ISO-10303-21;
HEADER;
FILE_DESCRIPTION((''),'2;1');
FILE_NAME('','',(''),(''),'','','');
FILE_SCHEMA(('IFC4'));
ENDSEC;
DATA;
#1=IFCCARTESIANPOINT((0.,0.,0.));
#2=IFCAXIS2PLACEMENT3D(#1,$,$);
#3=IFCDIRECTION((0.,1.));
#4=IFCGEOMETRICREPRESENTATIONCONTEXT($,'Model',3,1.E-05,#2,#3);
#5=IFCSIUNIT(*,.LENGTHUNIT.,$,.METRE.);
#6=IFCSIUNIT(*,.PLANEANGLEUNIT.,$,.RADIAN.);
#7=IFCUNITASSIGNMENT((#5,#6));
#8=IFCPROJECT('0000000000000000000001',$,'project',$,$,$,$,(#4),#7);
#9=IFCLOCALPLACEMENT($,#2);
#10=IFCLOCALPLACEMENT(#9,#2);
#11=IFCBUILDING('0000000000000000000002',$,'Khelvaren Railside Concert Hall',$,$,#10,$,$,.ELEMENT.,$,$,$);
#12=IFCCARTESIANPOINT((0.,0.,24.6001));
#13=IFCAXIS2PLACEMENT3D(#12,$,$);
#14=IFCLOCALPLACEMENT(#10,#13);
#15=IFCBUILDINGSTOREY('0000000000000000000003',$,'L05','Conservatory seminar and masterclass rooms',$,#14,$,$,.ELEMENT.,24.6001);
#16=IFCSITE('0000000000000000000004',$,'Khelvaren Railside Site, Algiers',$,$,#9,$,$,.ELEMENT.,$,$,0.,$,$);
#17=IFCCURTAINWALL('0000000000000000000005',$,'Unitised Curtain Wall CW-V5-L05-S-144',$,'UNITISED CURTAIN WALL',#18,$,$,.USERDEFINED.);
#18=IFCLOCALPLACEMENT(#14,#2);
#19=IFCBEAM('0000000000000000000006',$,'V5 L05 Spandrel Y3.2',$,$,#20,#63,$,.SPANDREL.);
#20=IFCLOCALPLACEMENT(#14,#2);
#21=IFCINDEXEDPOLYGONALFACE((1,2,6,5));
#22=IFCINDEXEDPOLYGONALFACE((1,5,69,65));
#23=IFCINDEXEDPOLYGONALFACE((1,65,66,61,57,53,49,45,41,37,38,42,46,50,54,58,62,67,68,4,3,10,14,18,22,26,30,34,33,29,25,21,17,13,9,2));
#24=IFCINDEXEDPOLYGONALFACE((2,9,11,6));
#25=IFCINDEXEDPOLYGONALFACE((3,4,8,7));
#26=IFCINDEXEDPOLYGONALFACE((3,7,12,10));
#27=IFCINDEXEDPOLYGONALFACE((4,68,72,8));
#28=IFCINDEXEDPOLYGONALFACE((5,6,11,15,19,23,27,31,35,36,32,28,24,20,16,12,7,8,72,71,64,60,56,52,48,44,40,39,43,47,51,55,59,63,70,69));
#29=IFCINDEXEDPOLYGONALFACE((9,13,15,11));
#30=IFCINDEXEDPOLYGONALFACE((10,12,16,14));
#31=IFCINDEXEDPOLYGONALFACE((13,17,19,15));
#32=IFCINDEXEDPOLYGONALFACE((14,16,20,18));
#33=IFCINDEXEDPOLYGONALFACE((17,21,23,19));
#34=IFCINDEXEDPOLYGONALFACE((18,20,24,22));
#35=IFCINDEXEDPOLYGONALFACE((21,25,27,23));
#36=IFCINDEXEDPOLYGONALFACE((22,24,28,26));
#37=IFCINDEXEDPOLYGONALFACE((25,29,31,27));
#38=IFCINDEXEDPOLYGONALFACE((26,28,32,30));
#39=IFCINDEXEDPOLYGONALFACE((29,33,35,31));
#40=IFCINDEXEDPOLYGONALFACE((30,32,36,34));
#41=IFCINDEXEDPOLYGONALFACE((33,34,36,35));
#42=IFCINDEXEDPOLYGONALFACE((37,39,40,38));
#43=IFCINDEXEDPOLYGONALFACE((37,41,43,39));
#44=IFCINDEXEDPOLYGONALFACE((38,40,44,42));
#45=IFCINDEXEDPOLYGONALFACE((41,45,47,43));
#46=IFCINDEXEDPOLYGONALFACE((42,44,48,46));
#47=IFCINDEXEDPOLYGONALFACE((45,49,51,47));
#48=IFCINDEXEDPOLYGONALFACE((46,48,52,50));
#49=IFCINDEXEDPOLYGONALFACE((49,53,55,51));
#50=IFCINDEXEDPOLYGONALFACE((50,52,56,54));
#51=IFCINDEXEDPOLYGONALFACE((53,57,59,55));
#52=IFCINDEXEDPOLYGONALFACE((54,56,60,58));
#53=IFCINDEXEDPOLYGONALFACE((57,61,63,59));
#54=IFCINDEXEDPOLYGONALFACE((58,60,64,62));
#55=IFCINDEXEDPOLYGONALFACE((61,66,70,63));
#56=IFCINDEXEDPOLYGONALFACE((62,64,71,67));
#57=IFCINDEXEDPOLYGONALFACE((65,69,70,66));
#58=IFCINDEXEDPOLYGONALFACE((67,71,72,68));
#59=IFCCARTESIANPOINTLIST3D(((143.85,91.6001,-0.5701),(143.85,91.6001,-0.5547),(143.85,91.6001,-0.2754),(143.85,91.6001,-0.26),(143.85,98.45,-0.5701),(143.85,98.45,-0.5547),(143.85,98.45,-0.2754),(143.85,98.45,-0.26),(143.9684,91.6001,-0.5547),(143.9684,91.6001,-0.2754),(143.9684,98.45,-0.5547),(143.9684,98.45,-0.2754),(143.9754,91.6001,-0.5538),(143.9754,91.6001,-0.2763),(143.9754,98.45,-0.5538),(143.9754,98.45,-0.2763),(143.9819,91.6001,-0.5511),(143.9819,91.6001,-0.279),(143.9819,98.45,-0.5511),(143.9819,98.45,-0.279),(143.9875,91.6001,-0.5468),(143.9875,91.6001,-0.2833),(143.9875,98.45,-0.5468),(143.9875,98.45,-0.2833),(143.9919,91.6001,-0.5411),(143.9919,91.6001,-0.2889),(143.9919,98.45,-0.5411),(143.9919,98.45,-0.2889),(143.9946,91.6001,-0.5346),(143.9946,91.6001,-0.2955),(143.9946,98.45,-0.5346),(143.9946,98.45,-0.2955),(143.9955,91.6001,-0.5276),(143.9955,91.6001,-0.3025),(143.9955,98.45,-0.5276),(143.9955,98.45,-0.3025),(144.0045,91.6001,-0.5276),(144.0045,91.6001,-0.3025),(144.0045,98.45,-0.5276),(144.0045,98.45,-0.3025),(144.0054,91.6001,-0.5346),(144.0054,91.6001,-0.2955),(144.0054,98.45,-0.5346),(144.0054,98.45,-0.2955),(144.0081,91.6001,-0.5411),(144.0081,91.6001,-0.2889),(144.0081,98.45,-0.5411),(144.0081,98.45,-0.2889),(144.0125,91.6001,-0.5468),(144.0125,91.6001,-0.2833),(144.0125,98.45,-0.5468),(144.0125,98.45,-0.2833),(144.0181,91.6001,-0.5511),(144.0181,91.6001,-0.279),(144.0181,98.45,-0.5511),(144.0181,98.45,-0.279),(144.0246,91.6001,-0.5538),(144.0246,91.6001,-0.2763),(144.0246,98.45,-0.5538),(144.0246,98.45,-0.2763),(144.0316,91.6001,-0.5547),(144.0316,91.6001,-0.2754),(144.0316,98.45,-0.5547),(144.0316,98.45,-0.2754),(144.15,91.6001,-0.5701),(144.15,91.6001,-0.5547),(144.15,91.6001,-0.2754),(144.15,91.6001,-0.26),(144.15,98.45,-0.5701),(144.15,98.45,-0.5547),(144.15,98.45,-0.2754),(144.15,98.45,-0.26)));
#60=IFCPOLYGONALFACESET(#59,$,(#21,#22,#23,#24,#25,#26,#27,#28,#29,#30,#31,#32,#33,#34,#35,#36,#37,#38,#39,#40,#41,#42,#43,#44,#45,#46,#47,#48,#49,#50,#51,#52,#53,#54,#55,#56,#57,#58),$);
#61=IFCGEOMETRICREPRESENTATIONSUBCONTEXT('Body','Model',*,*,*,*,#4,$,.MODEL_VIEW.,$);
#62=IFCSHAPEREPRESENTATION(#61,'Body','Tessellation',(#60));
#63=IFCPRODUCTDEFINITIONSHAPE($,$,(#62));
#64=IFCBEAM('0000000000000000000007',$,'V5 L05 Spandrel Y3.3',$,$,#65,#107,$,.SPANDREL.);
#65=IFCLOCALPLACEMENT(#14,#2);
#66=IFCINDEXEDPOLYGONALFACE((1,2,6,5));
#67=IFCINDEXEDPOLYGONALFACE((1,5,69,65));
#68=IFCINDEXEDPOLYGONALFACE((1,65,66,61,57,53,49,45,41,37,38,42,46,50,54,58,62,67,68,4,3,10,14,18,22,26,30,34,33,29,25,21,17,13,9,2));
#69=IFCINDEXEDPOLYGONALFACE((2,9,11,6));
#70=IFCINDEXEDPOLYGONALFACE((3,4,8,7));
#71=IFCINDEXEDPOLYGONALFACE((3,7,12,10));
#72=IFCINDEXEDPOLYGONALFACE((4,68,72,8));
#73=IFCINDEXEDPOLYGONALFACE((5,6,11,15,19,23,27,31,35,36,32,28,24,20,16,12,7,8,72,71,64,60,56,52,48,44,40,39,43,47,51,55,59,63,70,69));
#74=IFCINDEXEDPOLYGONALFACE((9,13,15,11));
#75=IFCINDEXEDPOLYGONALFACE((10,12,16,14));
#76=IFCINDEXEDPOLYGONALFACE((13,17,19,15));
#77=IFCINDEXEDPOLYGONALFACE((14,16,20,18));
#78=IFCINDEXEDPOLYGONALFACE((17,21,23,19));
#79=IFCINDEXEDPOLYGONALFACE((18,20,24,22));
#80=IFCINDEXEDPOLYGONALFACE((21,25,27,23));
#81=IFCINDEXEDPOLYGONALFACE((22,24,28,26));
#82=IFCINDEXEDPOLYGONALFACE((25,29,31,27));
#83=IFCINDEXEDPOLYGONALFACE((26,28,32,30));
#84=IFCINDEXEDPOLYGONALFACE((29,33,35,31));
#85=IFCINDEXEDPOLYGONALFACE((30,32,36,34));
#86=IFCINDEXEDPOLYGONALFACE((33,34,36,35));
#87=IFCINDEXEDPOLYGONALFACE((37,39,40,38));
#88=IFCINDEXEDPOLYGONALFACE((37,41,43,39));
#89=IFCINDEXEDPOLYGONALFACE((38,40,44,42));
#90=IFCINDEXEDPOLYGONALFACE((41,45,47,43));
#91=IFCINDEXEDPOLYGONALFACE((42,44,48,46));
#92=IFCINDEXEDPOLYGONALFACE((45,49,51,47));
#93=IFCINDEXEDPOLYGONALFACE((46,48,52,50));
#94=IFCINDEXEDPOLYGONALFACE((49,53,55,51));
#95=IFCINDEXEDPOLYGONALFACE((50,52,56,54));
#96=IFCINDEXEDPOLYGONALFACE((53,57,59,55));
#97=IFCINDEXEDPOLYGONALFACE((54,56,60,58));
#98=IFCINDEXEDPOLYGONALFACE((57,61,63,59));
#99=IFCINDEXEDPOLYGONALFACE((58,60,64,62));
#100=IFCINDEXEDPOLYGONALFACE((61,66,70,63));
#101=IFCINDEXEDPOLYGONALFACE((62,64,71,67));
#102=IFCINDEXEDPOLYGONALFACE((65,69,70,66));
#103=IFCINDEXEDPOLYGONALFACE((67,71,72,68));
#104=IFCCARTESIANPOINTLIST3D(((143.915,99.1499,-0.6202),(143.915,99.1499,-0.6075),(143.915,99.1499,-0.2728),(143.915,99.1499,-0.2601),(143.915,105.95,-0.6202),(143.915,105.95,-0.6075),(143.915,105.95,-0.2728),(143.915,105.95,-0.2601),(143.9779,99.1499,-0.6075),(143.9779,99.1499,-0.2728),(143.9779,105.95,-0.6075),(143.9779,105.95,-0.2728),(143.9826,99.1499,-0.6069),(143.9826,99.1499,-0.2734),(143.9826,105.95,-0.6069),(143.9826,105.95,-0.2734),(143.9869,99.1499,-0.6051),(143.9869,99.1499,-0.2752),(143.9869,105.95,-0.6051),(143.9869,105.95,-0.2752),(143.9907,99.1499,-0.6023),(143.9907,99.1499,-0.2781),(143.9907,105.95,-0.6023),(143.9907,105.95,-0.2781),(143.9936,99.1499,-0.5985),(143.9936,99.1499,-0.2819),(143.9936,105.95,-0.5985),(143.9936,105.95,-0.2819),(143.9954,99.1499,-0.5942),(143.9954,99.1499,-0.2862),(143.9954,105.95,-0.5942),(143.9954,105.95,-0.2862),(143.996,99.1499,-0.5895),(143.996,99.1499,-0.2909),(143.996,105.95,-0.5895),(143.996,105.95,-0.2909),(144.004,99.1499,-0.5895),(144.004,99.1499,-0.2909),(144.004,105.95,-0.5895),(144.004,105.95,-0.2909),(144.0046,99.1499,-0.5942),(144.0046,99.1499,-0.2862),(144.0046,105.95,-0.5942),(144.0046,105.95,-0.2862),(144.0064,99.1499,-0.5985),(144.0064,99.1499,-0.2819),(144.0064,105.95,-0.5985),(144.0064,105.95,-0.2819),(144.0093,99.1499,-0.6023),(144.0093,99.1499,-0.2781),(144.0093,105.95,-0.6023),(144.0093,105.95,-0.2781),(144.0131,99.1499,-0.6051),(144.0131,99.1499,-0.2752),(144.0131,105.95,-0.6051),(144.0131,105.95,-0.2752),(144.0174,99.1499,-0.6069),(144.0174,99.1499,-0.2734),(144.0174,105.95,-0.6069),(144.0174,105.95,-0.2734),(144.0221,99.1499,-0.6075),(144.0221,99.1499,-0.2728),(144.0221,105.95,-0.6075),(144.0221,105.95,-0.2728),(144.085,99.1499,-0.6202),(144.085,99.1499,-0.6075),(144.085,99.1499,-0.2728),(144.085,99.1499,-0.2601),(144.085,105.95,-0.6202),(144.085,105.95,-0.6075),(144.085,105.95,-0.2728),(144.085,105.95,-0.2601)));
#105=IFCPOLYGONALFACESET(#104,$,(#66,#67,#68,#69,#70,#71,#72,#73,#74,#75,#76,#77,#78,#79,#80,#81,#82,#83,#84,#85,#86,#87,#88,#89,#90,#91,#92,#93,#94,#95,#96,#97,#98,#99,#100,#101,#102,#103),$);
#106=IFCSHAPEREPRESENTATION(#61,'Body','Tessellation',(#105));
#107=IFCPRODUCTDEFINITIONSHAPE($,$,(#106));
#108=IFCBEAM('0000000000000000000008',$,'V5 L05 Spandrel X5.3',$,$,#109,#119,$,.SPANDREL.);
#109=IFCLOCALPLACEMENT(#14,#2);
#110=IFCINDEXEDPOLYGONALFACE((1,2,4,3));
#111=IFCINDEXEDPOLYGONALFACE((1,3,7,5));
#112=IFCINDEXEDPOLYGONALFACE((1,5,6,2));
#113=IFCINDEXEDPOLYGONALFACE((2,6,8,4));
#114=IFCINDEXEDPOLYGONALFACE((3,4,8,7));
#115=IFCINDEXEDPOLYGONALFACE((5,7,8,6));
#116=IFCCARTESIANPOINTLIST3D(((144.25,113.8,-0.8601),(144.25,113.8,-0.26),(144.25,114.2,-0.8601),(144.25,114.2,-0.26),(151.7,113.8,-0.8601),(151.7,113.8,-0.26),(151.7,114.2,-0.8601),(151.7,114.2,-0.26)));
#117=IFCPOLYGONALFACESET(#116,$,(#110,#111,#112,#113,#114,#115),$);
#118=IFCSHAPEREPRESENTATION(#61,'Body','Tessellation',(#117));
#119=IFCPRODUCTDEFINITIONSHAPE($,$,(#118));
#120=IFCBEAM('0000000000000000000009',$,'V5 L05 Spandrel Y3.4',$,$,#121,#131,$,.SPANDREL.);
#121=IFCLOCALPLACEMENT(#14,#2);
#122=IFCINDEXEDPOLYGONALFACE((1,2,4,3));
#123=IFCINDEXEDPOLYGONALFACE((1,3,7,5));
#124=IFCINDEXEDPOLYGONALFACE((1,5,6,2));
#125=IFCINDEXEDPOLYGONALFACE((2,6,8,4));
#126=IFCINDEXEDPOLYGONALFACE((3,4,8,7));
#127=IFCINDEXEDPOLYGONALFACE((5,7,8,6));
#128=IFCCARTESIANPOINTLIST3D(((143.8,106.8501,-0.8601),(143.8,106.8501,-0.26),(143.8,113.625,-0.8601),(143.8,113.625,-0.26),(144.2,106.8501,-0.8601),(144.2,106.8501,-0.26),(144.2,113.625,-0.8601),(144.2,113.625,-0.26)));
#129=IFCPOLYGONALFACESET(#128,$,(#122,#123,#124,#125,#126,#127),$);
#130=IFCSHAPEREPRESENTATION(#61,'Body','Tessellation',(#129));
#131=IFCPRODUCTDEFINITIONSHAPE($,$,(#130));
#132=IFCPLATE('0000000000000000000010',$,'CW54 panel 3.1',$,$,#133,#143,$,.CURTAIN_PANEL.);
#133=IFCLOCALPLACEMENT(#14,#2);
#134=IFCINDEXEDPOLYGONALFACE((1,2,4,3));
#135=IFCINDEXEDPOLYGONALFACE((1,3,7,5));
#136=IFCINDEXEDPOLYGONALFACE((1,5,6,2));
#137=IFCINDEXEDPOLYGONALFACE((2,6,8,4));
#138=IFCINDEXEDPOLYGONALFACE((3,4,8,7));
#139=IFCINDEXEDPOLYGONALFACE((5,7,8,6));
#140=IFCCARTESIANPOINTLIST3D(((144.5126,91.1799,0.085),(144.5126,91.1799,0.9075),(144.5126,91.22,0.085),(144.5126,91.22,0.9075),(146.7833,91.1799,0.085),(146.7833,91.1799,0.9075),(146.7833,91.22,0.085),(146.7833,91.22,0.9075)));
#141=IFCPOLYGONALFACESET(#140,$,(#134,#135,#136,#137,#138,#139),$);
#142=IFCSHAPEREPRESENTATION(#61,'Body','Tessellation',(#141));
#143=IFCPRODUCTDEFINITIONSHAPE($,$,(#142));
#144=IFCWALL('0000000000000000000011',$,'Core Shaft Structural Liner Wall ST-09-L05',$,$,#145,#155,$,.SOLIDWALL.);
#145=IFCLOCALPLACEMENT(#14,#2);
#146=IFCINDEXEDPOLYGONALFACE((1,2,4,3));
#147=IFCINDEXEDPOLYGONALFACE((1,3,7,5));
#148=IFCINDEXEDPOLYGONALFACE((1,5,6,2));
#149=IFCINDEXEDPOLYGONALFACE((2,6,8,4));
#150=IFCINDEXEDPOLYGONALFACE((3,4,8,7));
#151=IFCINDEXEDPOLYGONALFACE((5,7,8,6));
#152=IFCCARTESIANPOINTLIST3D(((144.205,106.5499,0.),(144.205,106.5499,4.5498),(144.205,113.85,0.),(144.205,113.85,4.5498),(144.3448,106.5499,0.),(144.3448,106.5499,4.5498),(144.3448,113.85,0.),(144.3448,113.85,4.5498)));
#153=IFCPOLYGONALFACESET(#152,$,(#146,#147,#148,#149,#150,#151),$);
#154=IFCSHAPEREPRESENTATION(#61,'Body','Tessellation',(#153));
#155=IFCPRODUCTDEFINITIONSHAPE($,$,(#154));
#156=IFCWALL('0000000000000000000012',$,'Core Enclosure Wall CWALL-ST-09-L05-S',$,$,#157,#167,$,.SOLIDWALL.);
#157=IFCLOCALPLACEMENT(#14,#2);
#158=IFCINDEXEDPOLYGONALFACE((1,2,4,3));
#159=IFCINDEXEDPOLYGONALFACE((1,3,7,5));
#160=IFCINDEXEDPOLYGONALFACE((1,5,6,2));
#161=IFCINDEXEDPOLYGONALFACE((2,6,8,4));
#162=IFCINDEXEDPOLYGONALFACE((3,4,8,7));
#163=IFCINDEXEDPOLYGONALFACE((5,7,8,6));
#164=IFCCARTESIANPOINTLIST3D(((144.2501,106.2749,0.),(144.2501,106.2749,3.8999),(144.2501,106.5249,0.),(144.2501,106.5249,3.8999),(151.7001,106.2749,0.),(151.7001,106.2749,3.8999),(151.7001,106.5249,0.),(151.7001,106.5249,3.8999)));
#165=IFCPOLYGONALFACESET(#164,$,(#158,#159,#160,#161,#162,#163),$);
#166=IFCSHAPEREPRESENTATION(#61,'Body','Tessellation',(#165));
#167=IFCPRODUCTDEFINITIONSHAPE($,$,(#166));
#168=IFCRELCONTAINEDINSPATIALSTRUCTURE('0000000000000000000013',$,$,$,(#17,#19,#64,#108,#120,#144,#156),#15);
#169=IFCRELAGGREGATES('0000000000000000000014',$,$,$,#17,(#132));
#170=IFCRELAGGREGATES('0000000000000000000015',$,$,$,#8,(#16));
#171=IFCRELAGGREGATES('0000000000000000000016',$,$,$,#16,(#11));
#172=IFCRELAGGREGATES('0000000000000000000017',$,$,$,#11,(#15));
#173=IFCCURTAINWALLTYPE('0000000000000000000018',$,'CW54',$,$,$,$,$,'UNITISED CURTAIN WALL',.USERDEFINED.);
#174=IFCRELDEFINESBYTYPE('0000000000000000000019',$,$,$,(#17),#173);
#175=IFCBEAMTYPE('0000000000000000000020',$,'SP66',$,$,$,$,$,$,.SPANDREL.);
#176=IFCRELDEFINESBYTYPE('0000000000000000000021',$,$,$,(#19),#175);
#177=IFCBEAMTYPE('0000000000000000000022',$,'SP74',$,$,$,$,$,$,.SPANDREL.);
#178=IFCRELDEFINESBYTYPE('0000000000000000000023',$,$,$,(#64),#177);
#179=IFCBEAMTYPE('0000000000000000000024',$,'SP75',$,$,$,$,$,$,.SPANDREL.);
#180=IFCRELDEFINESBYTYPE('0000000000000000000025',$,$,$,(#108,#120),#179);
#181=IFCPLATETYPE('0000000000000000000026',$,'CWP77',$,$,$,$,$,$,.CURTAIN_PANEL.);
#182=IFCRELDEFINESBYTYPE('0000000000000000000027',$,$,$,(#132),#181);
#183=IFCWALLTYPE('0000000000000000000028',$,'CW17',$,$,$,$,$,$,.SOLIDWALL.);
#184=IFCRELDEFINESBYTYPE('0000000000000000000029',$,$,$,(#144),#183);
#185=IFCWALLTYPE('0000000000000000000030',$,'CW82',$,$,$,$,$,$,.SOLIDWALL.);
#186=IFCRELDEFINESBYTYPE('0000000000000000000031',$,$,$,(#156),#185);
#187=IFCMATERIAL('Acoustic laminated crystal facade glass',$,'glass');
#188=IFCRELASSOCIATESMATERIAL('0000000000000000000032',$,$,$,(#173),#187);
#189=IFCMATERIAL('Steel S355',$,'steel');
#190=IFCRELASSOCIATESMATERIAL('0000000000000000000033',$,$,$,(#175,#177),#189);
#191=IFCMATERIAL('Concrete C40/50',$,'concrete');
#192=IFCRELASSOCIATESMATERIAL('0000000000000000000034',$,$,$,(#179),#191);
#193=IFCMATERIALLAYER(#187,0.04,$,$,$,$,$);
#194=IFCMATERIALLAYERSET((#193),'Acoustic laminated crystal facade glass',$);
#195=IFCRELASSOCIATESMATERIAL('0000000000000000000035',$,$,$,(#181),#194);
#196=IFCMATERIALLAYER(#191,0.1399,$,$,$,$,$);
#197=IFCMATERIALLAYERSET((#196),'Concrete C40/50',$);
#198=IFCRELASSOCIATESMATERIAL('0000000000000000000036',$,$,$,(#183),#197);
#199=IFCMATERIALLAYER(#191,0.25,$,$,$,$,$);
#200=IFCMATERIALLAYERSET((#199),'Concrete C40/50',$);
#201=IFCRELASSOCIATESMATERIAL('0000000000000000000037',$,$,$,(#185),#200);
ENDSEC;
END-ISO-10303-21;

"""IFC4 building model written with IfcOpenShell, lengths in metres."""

from ifc_helpers import new_model, si_unit, direction, frame, frame_2d, origin, origin_2d, place, context, subcontext, project, spatial, rectangle, i_section, extrude, material, layer, layer_set, material_profile, profile_set, type_object, element, aggregate, save


model = new_model("IFC4")

# Units and contexts
model_context = context("Model", 3, precision=1e-05, world=origin(), true_north=direction((0.0, 1.0)))
body_context = subcontext(model_context, "Body", "Model", "MODEL_VIEW")
ifc_project = project(units=[si_unit("LENGTHUNIT", "METRE"), si_unit("PLANEANGLEUNIT", "RADIAN")], contexts=[model_context])

# Site, building, storey
site_placement = place(None, origin())
site = spatial("IfcSite", under=ifc_project, at=site_placement, Name="Khelvaren Railside Site, Algiers", CompositionType="ELEMENT", RefElevation=0.0)
building_placement = place(site_placement, origin())
building = spatial("IfcBuilding", under=site, at=building_placement, Name="Khelvaren Railside Concert Hall", CompositionType="ELEMENT")
storey_placement = place(building_placement, frame((0.0, 0.0, 24.6001)))
storey = spatial("IfcBuildingStorey", under=building, at=storey_placement, Name="L05", Description="Conservatory seminar and masterclass rooms", CompositionType="ELEMENT", Elevation=24.6001)

# Shared definitions
ifc_material_1 = material(Name="Steel S355", Category="steel")

# Curtain wall
ifc_material_2 = material(Name="Acoustic laminated crystal facade glass", Category="glass")
curtain_wall_type = type_object("IfcCurtainWallType", Name="CW54", ElementType="UNITISED CURTAIN WALL", PredefinedType="USERDEFINED", material=ifc_material_2)
curtain_wall_placement = place(storey_placement, origin())
curtain_wall = element("IfcCurtainWall", 1, at=curtain_wall_placement, inside=storey, type_object=curtain_wall_type, Name="Unitised Curtain Wall CW-V5-L05-S-144", ObjectType="UNITISED CURTAIN WALL", PredefinedType="USERDEFINED")

# Beams
ifc_material_3 = material(Name="Concrete C40/50", Category="concrete")
ifc_material_profile_1 = material_profile(ifc_material_1, i_section(OverallWidth=0.3, OverallDepth=0.3101, WebThickness=0.009, FlangeThickness=0.0154, FilletRadius=0.0271, at=origin_2d()), Name="HEA 320")
ifc_profile_set_1 = profile_set([ifc_material_profile_1], Name="Steel S355")
beam_type_1 = type_object("IfcBeamType", Name="SP66", PredefinedType="SPANDREL", material=ifc_profile_set_1)
beam_1_placement = place(storey_placement, frame((144.0, 91.6001, -0.415), z_axis=(0.0, 1.0, 0.0), x_axis=(-1.0, 0.0, 0.0)))
element("IfcBeam", 2, at=beam_1_placement, inside=storey, type_object=beam_type_1, Name="V5 L05 Spandrel Y3.2", PredefinedType="SPANDREL", context=body_context, shape_type="SweptSolid", body=[
    extrude(i_section(OverallWidth=0.3, OverallDepth=0.3101, WebThickness=0.009, FlangeThickness=0.0154, FilletRadius=0.0271, at=origin_2d()), origin(), (0.0, 0.0, 1.0), 6.8499),
])
ifc_material_profile_2 = material_profile(ifc_material_1, i_section(OverallWidth=0.1699, OverallDepth=0.3601, WebThickness=0.0081, FlangeThickness=0.0127, FilletRadius=0.0181, at=origin_2d()), Name="IPE 360")
ifc_profile_set_2 = profile_set([ifc_material_profile_2], Name="Steel S355")
beam_type_2 = type_object("IfcBeamType", Name="SP74", PredefinedType="SPANDREL", material=ifc_profile_set_2)
beam_2_placement = place(storey_placement, frame((144.0, 99.1499, -0.4402), z_axis=(0.0, 1.0, 0.0), x_axis=(-1.0, 0.0, 0.0)))
element("IfcBeam", 3, at=beam_2_placement, inside=storey, type_object=beam_type_2, Name="V5 L05 Spandrel Y3.3", PredefinedType="SPANDREL", context=body_context, shape_type="SweptSolid", body=[
    extrude(i_section(OverallWidth=0.1699, OverallDepth=0.3601, WebThickness=0.0081, FlangeThickness=0.0127, FilletRadius=0.0181, at=origin_2d()), origin(), (0.0, 0.0, 1.0), 6.8),
])
ifc_material_profile_3 = material_profile(ifc_material_3, rectangle(XDim=0.3999, YDim=0.6001, at=origin_2d()), Name="RCB 400x600")
ifc_profile_set_3 = profile_set([ifc_material_profile_3], Name="Concrete C40/50")
beam_type_3 = type_object("IfcBeamType", Name="SP75", PredefinedType="SPANDREL", material=ifc_profile_set_3)
beam_3_placement = place(storey_placement, frame((144.25, 114.0, -0.5601), z_axis=(1.0, 0.0, 0.0), x_axis=(0.0, 1.0, 0.0)))
element("IfcBeam", 4, at=beam_3_placement, inside=storey, type_object=beam_type_3, Name="V5 L05 Spandrel X5.3", PredefinedType="SPANDREL", context=body_context, shape_type="SweptSolid", body=[
    extrude(rectangle(XDim=0.3999, YDim=0.6001, at=origin_2d()), origin(), (0.0, 0.0, 1.0), 7.45),
])
beam_4_placement = place(storey_placement, frame((144.0, 106.8501, -0.5601), z_axis=(0.0, 1.0, 0.0), x_axis=(-1.0, 0.0, 0.0)))
element("IfcBeam", 5, at=beam_4_placement, inside=storey, type_object=beam_type_3, Name="V5 L05 Spandrel Y3.4", PredefinedType="SPANDREL", context=body_context, shape_type="SweptSolid", body=[
    extrude(rectangle(XDim=0.3999, YDim=0.6001, at=origin_2d()), origin(), (0.0, 0.0, 1.0), 6.7749),
])

# Plate
ifc_layer_1 = layer(ifc_material_2, 0.04)
ifc_layer_set_1 = layer_set([ifc_layer_1], Name="Acoustic laminated crystal facade glass")
plate_type = type_object("IfcPlateType", Name="CWP77", PredefinedType="CURTAIN_PANEL", material=ifc_layer_set_1)
plate_placement = place(storey_placement, frame((145.6479, 91.2, 0.085), z_axis=(0.0, 0.0, 1.0), x_axis=(-1.0, 0.0, 0.0)))
plate = element("IfcPlate", 6, at=plate_placement, type_object=plate_type, Name="CW54 panel 3.1", PredefinedType="CURTAIN_PANEL", context=body_context, shape_type="SweptSolid", body=[
    extrude(rectangle(XDim=2.2708, YDim=0.04, at=origin_2d()), origin(), (0.0, 0.0, 1.0), 0.8225),
])
aggregate(curtain_wall, [plate])

# Walls
ifc_layer_2 = layer(ifc_material_3, 0.1399)
ifc_layer_set_2 = layer_set([ifc_layer_2], Name="Concrete C40/50")
wall_type_1 = type_object("IfcWallType", Name="CW17", PredefinedType="SOLIDWALL", material=ifc_layer_set_2)
wall_1_placement = place(storey_placement, frame((144.2749, 106.55, 0.0), z_axis=(0.0, 0.0, 1.0), x_axis=(0.0, 1.0, 0.0)))
element("IfcWall", 7, at=wall_1_placement, inside=storey, type_object=wall_type_1, Name="Core Shaft Structural Liner Wall ST-09-L05", PredefinedType="SOLIDWALL", context=body_context, shape_type="SweptSolid", body=[
    extrude(rectangle(XDim=7.3, YDim=0.1399, at=frame_2d((3.6499, 0.0))), origin(), (0.0, 0.0, 1.0), 4.5498),
])
ifc_layer_3 = layer(ifc_material_3, 0.25)
ifc_layer_set_3 = layer_set([ifc_layer_3], Name="Concrete C40/50")
wall_type_2 = type_object("IfcWallType", Name="CW82", PredefinedType="SOLIDWALL", material=ifc_layer_set_3)
wall_2_placement = place(storey_placement, frame((144.25, 106.3999, 0.0), z_axis=(0.0, 0.0, 1.0), x_axis=(1.0, 0.0, 0.0)))
element("IfcWall", 8, at=wall_2_placement, inside=storey, type_object=wall_type_2, Name="Core Enclosure Wall CWALL-ST-09-L05-S", PredefinedType="SOLIDWALL", context=body_context, shape_type="SweptSolid", body=[
    extrude(rectangle(XDim=7.45, YDim=0.25, at=frame_2d((3.7251, 0.0))), origin(), (0.0, 0.0, 1.0), 3.8999),
])

save(model, "model.ifc")
